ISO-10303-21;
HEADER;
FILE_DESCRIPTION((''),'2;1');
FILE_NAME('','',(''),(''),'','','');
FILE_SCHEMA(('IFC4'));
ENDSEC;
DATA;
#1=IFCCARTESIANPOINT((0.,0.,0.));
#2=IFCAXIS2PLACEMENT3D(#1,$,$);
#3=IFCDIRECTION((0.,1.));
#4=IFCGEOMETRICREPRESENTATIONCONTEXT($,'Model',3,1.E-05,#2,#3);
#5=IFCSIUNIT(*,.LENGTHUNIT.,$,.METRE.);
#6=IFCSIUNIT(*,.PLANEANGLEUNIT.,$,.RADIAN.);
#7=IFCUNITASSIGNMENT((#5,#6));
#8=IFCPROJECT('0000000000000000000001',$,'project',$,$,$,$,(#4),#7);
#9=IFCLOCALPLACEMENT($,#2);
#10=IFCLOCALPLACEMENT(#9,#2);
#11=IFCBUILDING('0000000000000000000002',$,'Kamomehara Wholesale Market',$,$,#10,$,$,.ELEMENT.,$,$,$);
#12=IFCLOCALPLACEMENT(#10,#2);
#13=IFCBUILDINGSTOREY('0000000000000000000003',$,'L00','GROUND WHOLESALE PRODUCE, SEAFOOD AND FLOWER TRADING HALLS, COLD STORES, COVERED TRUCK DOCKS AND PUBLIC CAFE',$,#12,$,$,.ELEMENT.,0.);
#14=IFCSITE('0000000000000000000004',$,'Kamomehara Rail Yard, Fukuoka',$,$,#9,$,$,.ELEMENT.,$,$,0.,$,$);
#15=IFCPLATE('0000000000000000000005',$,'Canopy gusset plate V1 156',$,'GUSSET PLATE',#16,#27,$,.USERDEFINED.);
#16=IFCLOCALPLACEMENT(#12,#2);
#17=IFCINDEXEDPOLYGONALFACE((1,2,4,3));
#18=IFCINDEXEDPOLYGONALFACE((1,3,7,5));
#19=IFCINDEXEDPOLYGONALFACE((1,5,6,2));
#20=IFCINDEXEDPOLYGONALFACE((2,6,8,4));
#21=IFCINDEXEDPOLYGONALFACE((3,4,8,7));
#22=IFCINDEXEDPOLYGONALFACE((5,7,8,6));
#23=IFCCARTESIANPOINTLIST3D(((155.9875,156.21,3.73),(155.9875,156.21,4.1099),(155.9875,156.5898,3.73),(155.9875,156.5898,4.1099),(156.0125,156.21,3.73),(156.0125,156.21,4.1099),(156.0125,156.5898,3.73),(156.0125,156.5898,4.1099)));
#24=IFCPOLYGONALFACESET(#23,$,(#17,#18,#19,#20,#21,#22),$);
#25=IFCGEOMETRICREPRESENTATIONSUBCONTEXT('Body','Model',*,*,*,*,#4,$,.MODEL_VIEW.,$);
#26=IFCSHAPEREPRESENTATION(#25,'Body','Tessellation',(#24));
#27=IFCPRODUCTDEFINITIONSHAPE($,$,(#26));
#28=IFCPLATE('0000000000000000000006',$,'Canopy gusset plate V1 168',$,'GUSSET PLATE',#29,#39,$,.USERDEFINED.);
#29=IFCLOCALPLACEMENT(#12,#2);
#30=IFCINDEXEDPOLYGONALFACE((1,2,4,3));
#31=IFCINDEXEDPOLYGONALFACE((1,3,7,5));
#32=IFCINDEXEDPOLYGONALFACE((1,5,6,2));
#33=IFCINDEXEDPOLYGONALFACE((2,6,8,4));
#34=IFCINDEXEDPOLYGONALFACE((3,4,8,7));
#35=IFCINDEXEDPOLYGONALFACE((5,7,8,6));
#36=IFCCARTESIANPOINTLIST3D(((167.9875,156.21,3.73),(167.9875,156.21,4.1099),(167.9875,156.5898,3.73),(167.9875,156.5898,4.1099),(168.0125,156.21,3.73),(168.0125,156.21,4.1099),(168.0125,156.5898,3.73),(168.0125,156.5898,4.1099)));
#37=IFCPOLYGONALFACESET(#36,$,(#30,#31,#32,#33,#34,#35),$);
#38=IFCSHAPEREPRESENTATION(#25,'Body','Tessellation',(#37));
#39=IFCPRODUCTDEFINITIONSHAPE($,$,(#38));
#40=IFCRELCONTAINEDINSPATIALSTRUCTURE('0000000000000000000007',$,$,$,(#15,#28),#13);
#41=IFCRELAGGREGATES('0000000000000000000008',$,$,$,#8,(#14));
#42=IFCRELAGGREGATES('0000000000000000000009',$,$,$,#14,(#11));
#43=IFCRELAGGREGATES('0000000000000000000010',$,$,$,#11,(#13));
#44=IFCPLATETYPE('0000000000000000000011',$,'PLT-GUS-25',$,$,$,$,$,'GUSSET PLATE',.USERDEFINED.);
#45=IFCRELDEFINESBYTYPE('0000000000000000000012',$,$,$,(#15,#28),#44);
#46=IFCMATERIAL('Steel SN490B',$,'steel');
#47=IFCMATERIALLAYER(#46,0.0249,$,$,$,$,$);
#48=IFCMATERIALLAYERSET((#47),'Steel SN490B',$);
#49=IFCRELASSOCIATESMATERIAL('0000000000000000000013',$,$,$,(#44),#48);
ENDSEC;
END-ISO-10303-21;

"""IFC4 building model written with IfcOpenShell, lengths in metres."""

from ifc_helpers import new_model, si_unit, direction, frame, origin, origin_2d, place, context, subcontext, project, spatial, rectangle, extrude, material, layer, layer_set, type_object, element, save


model = new_model("IFC4")

# Units and contexts
model_context = context("Model", 3, precision=1e-05, world=origin(), true_north=direction((0.0, 1.0)))
body_context = subcontext(model_context, "Body", "Model", "MODEL_VIEW")
ifc_project = project(units=[si_unit("LENGTHUNIT", "METRE"), si_unit("PLANEANGLEUNIT", "RADIAN")], contexts=[model_context])

# Site, building, storey
site_placement = place(None, origin())
site = spatial("IfcSite", under=ifc_project, at=site_placement, Name="Kamomehara Rail Yard, Fukuoka", CompositionType="ELEMENT", RefElevation=0.0)
building_placement = place(site_placement, origin())
building = spatial("IfcBuilding", under=site, at=building_placement, Name="Kamomehara Wholesale Market", CompositionType="ELEMENT")
storey_placement = place(building_placement, origin())
storey = spatial("IfcBuildingStorey", under=building, at=storey_placement, Name="L00", Description="GROUND WHOLESALE PRODUCE, SEAFOOD AND FLOWER TRADING HALLS, COLD STORES, COVERED TRUCK DOCKS AND PUBLIC CAFE", CompositionType="ELEMENT", Elevation=0.0)

# Plates
ifc_material_1 = material(Name="Steel SN490B", Category="steel")
ifc_layer_1 = layer(ifc_material_1, 0.0249)
ifc_layer_set_1 = layer_set([ifc_layer_1], Name="Steel SN490B")
plate_type_1 = type_object("IfcPlateType", Name="PLT-GUS-25", ElementType="GUSSET PLATE", PredefinedType="USERDEFINED", material=ifc_layer_set_1)
for number, where, z_axis, x_axis, name in (
    (1, (156.0, 156.3999, 3.73), (0.0, 0.0, 1.0), (1.0, 0.0, 0.0), "Canopy gusset plate V1 156"),
    (2, (168.0, 156.3999, 3.73), (0.0, 0.0, 1.0), (1.0, 0.0, 0.0), "Canopy gusset plate V1 168"),
):
    element("IfcPlate", number, at=place(storey_placement, frame(where, z_axis=z_axis, x_axis=x_axis)), inside=storey, type_object=plate_type_1, Name=name, ObjectType="GUSSET PLATE", PredefinedType="USERDEFINED", context=body_context, shape_type="SweptSolid", body=[
        extrude(rectangle(XDim=0.0249, YDim=0.3799, at=origin_2d()), origin(), (0.0, 0.0, 1.0), 0.3799),
    ])

save(model, "model.ifc")
